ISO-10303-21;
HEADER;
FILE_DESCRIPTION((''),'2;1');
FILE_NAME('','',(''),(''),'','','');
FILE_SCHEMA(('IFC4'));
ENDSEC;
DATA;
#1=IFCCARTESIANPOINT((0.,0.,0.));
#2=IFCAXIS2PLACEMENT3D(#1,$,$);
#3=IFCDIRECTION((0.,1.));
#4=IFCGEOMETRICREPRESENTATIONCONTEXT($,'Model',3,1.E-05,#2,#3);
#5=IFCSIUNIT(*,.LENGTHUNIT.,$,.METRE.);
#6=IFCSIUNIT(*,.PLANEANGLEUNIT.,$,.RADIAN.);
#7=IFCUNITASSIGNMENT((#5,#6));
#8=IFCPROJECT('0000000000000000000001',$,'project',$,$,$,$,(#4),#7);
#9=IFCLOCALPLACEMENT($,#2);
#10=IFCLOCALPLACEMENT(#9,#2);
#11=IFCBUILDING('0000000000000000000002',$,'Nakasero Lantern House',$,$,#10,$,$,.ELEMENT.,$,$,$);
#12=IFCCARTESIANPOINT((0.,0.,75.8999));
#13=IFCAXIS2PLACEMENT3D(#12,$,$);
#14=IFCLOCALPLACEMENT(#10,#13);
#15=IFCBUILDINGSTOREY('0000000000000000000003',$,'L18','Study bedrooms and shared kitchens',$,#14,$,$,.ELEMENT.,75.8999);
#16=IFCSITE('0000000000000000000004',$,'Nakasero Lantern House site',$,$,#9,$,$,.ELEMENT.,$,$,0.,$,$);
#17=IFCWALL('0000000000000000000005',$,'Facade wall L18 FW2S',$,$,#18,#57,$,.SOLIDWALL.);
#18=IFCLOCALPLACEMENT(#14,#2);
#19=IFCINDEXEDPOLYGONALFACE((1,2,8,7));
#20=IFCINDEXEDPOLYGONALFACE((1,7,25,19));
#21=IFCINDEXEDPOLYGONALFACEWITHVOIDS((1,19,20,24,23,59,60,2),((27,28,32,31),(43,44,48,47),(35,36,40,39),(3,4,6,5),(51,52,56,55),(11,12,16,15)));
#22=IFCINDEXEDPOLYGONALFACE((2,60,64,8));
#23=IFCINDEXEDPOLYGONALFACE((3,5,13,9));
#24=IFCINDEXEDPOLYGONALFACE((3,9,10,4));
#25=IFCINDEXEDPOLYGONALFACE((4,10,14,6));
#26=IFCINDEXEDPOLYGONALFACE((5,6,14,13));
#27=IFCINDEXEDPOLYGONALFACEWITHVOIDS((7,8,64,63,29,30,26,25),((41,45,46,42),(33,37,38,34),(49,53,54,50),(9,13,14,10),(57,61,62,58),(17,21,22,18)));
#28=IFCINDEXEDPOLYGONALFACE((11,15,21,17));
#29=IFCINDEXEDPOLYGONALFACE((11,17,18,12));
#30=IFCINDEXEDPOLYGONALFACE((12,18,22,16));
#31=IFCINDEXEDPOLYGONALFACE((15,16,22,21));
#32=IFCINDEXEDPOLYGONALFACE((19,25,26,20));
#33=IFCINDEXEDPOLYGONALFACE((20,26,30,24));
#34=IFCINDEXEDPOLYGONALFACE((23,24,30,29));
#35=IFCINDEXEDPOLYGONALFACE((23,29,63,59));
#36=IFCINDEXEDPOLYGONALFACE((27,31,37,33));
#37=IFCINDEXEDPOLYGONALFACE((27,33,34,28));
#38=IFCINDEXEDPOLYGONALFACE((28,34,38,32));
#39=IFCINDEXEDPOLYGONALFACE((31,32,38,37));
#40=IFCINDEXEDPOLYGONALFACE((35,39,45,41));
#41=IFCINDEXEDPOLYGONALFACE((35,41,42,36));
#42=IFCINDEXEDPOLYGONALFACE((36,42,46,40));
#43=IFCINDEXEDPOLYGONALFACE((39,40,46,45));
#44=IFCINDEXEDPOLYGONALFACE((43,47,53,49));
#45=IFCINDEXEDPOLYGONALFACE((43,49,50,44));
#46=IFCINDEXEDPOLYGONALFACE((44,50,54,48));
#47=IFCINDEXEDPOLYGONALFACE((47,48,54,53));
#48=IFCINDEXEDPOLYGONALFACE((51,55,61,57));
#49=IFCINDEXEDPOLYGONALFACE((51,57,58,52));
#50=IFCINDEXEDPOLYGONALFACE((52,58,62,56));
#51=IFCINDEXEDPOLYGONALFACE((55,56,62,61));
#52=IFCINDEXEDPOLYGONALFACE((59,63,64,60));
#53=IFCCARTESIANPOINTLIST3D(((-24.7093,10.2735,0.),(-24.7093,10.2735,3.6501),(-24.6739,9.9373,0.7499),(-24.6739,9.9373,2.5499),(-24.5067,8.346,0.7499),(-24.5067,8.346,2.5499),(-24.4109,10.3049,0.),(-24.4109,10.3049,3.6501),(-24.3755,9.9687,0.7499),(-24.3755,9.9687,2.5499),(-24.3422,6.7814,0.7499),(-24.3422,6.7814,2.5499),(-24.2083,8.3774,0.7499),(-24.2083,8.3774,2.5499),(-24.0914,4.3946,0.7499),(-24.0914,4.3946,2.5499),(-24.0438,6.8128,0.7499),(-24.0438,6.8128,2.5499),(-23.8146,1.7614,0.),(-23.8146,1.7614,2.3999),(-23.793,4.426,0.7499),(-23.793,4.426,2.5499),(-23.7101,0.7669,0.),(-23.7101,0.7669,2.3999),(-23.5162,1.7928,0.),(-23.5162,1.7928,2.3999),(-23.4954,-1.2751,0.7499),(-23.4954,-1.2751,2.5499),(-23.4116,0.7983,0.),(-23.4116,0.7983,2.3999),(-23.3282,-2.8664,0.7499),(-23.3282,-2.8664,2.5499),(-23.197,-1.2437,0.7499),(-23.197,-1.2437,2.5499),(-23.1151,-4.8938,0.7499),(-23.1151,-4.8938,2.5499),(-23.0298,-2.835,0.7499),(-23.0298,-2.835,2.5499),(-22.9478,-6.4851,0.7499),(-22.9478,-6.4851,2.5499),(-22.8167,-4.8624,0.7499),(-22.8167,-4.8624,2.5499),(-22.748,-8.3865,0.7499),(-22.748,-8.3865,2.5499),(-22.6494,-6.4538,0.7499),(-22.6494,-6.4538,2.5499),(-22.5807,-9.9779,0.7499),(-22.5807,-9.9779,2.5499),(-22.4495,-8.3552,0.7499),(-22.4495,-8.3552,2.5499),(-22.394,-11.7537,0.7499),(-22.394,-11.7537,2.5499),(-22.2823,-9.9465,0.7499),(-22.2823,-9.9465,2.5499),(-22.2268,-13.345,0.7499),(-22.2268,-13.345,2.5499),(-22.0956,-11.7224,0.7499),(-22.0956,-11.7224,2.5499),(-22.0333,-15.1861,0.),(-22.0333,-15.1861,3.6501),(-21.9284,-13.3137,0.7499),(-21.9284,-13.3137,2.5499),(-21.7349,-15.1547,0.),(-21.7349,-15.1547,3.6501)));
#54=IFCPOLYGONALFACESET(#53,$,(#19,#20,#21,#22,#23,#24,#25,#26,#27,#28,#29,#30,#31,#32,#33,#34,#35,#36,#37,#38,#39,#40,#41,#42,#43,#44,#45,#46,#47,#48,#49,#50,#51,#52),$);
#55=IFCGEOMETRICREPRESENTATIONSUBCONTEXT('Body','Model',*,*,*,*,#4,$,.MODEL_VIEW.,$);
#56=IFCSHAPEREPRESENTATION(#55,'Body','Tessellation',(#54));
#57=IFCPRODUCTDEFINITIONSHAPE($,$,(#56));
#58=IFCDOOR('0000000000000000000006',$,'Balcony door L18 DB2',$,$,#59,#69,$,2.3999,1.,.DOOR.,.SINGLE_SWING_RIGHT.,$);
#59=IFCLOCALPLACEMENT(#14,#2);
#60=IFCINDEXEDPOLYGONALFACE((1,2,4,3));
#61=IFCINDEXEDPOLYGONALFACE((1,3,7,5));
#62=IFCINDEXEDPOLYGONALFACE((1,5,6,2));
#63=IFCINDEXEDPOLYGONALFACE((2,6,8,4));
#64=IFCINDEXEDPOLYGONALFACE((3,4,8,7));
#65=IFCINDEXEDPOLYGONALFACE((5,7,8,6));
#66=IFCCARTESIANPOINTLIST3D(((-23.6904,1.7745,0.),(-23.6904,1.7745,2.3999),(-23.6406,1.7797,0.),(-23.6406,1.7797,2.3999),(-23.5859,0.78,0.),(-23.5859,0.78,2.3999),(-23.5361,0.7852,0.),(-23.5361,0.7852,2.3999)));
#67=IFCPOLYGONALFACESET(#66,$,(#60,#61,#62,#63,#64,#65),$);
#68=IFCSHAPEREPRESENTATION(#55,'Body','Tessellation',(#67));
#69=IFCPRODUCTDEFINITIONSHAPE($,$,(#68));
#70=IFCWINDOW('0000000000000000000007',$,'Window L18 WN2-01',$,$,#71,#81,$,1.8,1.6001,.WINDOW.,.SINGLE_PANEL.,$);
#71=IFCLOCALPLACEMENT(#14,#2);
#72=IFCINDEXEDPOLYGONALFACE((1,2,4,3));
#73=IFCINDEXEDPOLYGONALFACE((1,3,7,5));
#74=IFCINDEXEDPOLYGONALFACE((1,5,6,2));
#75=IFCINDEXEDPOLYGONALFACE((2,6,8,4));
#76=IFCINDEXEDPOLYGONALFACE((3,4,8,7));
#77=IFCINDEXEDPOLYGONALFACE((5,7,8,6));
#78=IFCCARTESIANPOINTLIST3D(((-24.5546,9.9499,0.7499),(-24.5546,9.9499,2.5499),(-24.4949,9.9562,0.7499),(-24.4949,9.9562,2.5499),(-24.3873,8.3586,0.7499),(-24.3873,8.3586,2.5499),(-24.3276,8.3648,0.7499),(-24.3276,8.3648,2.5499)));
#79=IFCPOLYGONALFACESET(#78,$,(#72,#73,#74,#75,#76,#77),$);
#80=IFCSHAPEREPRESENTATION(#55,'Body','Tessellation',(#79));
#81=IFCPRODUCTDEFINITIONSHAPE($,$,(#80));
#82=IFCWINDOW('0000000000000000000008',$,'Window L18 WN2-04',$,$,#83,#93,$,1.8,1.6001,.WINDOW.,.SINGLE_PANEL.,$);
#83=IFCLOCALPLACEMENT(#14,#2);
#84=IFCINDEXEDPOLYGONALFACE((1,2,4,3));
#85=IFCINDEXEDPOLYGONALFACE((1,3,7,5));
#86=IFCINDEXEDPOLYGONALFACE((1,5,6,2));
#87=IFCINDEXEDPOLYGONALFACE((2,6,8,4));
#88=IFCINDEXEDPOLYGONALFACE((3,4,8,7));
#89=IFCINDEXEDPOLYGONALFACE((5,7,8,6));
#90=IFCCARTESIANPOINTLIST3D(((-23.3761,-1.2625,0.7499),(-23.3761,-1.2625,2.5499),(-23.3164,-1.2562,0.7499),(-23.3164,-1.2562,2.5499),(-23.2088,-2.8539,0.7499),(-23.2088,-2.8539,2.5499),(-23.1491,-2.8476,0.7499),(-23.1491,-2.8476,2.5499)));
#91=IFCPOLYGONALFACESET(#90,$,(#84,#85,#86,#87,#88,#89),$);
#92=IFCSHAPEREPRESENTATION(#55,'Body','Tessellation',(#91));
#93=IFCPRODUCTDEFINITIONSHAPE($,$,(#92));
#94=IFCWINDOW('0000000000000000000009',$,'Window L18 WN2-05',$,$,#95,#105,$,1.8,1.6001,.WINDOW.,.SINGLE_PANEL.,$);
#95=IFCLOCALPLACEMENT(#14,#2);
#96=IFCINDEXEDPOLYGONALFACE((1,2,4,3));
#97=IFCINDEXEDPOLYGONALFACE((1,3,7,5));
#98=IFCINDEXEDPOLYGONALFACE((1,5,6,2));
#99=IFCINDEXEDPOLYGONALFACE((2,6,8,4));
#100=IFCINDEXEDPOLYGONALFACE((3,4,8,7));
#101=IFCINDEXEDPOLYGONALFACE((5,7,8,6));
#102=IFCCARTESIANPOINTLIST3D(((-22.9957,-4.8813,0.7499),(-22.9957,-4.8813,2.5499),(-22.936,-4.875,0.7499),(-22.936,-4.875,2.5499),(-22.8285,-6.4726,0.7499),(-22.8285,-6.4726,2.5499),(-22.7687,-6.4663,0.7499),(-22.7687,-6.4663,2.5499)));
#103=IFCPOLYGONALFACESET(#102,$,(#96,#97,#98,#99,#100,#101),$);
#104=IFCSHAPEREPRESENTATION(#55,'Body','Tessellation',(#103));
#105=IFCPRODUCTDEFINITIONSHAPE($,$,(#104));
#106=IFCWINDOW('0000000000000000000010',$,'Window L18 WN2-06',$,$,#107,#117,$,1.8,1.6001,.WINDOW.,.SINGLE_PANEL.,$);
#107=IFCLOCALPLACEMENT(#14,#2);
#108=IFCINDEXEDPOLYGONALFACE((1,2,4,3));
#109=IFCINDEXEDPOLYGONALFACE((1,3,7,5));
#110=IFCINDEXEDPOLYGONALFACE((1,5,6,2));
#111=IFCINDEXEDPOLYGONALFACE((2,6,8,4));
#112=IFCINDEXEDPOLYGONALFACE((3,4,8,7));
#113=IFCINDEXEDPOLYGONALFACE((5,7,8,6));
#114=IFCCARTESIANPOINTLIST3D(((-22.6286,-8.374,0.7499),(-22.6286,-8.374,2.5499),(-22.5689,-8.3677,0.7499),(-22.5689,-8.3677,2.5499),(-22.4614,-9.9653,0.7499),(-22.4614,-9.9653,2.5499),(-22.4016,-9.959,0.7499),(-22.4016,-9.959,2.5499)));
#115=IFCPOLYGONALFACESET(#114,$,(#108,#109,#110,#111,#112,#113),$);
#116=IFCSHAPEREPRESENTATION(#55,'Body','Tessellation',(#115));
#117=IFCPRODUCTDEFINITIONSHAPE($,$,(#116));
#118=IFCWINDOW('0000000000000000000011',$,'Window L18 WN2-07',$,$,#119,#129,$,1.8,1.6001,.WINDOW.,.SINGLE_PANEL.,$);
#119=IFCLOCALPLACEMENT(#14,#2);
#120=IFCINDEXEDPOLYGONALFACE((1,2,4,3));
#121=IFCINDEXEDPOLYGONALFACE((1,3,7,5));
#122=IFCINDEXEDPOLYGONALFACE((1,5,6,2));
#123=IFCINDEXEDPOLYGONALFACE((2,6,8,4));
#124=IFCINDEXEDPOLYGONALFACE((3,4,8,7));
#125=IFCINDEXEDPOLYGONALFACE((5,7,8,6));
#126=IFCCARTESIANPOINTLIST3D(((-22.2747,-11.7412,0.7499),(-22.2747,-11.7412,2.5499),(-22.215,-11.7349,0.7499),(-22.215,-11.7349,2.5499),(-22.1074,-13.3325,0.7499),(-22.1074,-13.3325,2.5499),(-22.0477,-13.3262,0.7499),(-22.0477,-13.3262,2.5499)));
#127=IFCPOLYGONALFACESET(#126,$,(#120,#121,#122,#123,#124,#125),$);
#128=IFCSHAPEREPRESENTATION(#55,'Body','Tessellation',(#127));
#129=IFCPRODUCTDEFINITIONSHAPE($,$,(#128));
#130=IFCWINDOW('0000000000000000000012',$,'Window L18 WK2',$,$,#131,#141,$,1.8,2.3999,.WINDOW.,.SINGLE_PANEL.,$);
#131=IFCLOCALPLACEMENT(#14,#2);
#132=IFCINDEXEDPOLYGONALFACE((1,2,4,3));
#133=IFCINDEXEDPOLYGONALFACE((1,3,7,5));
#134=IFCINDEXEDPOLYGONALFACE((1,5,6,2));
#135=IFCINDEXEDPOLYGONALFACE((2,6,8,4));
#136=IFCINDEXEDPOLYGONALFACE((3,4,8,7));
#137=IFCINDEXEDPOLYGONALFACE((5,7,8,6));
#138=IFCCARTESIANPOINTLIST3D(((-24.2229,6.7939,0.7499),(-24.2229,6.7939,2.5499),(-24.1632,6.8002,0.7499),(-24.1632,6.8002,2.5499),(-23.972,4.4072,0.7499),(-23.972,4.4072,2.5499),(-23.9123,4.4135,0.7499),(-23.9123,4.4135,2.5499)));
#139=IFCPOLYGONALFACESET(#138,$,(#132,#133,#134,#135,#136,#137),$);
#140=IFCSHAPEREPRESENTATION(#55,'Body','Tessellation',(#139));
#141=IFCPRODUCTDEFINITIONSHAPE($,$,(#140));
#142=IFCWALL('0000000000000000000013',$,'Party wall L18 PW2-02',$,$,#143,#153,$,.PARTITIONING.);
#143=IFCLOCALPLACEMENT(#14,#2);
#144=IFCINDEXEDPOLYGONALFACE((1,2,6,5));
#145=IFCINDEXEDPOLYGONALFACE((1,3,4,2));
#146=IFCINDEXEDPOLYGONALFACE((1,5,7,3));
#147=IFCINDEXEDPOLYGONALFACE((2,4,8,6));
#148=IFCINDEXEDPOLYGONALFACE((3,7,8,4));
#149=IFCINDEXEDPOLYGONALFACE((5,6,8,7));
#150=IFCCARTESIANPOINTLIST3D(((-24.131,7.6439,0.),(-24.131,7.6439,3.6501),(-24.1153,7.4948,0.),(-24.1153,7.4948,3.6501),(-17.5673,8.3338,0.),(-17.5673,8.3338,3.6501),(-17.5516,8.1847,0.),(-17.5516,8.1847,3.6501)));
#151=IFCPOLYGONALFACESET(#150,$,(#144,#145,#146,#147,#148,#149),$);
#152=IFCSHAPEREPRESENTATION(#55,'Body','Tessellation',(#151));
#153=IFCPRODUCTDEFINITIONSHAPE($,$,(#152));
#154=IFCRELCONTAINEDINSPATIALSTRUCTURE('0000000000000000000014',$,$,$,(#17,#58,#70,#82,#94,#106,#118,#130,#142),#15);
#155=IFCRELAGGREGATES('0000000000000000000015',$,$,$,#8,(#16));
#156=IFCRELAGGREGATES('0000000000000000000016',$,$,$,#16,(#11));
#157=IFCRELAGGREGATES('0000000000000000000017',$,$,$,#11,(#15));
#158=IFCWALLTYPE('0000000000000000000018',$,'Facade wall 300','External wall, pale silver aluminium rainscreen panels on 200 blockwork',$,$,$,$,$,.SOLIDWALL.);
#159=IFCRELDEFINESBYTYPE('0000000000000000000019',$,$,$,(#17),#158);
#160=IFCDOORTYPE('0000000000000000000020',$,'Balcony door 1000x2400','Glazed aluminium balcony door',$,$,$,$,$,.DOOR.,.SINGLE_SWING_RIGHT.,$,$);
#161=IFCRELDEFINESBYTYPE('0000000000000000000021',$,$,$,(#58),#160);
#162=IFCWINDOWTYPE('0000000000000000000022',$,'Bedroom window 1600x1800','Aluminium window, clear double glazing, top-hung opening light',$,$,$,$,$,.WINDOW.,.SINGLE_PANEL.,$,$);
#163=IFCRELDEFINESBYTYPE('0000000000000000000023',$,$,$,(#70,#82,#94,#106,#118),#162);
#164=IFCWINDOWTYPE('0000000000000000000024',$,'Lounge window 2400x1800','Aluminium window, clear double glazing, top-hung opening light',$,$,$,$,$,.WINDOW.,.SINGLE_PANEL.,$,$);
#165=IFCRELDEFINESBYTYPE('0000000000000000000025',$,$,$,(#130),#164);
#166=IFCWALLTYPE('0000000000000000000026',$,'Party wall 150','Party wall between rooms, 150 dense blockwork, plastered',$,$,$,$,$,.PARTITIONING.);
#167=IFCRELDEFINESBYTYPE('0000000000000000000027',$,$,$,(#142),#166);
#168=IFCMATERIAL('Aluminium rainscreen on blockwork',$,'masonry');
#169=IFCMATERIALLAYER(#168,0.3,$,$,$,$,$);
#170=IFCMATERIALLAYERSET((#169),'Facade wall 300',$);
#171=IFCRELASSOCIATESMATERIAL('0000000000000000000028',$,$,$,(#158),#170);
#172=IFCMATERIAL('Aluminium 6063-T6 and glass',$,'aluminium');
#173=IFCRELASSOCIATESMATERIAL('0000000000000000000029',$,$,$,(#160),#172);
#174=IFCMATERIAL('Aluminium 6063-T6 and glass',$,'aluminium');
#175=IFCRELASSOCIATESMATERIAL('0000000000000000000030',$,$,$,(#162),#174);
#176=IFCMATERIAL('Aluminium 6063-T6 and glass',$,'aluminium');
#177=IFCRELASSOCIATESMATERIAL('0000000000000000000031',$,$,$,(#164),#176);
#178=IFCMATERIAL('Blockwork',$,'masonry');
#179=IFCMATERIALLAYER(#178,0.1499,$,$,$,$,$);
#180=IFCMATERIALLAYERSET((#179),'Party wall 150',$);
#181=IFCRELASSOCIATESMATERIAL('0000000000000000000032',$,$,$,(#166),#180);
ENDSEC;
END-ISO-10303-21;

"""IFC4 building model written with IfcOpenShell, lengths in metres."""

from ifc_helpers import new_model, si_unit, direction, frame, frame_2d, origin, place, context, subcontext, project, spatial, rectangle, extrude, material, layer, layer_set, type_object, element, fill, save


model = new_model("IFC4")

# Units and contexts
model_context = context("Model", 3, precision=1e-05, world=origin(), true_north=direction((0.0, 1.0)))
body_context = subcontext(model_context, "Body", "Model", "MODEL_VIEW")
ifc_project = project(units=[si_unit("LENGTHUNIT", "METRE"), si_unit("PLANEANGLEUNIT", "RADIAN")], contexts=[model_context])

# Site, building, storey
site_placement = place(None, origin())
site = spatial("IfcSite", under=ifc_project, at=site_placement, Name="Nakasero Lantern House site", CompositionType="ELEMENT", RefElevation=0.0)
building_placement = place(site_placement, origin())
building = spatial("IfcBuilding", under=site, at=building_placement, Name="Nakasero Lantern House", CompositionType="ELEMENT")
storey_placement = place(building_placement, frame((0.0, 0.0, 75.8999)))
storey = spatial("IfcBuildingStorey", under=building, at=storey_placement, Name="L18", Description="Study bedrooms and shared kitchens", CompositionType="ELEMENT", Elevation=75.8999)

# Wall, openings, door, windows
ifc_material_1 = material(Name="Aluminium rainscreen on blockwork", Category="masonry")
ifc_layer_1 = layer(ifc_material_1, 0.3)
ifc_layer_set_1 = layer_set([ifc_layer_1], Name="Facade wall 300")
wall_type_1 = type_object("IfcWallType", Name="Facade wall 300", Description="External wall, pale silver aluminium rainscreen panels on 200 blockwork", PredefinedType="SOLIDWALL", material=ifc_layer_set_1)
wall_1_placement = place(storey_placement, frame((-24.5601, 10.2891, 0.0), z_axis=(0.0, 0.0, 1.0), x_axis=(0.104532, -0.994521, 0.0)))
wall_1 = element("IfcWall", 1, at=wall_1_placement, inside=storey, type_object=wall_type_1, Name="Facade wall L18 FW2S", PredefinedType="SOLIDWALL", context=body_context, shape_type="SweptSolid", body=[
    extrude(rectangle(XDim=25.5999, YDim=0.3, at=frame_2d((12.7998, 0.0))), origin(), (0.0, 0.0, 1.0), 3.6501),
])
opening_1_placement = place(wall_1_placement, frame((0.3379, 0.0, 0.75)))
opening_1 = element("IfcOpeningElement", 2, at=opening_1_placement, cuts=wall_1, PredefinedType="OPENING", context=body_context, shape_type="SweptSolid", body=[
    extrude(rectangle(XDim=1.6001, YDim=1.8, at=frame_2d((0.8, 0.8999))), frame((0.0, 0.1699, 0.0), z_axis=(0.0, -1.0, 0.0), x_axis=(1.0, 0.0, 0.0)), (0.0, 0.0, 1.0), 0.3401),
])
opening_2_placement = place(wall_1_placement, frame((11.6121, 0.0, 0.75)))
opening_2 = element("IfcOpeningElement", 3, at=opening_2_placement, cuts=wall_1, PredefinedType="OPENING", context=body_context, shape_type="SweptSolid", body=[
    extrude(rectangle(XDim=1.6001, YDim=1.8, at=frame_2d((0.8, 0.8999))), frame((0.0, 0.1699, 0.0), z_axis=(0.0, -1.0, 0.0), x_axis=(1.0, 0.0, 0.0)), (0.0, 0.0, 1.0), 0.3401),
])
opening_3_placement = place(wall_1_placement, frame((15.2507, 0.0, 0.75)))
opening_3 = element("IfcOpeningElement", 4, at=opening_3_placement, cuts=wall_1, PredefinedType="OPENING", context=body_context, shape_type="SweptSolid", body=[
    extrude(rectangle(XDim=1.6001, YDim=1.8, at=frame_2d((0.8, 0.8999))), frame((0.0, 0.1699, 0.0), z_axis=(0.0, -1.0, 0.0), x_axis=(1.0, 0.0, 0.0)), (0.0, 0.0, 1.0), 0.3401),
])
opening_4_placement = place(wall_1_placement, frame((18.7627, 0.0, 0.75)))
opening_4 = element("IfcOpeningElement", 5, at=opening_4_placement, cuts=wall_1, PredefinedType="OPENING", context=body_context, shape_type="SweptSolid", body=[
    extrude(rectangle(XDim=1.6001, YDim=1.8, at=frame_2d((0.8, 0.8999))), frame((0.0, 0.1699, 0.0), z_axis=(0.0, -1.0, 0.0), x_axis=(1.0, 0.0, 0.0)), (0.0, 0.0, 1.0), 0.3401),
])
opening_5_placement = place(wall_1_placement, frame((22.1484, 0.0, 0.75)))
opening_5 = element("IfcOpeningElement", 6, at=opening_5_placement, cuts=wall_1, PredefinedType="OPENING", context=body_context, shape_type="SweptSolid", body=[
    extrude(rectangle(XDim=1.6001, YDim=1.8, at=frame_2d((0.8, 0.8999))), frame((0.0, 0.1699, 0.0), z_axis=(0.0, -1.0, 0.0), x_axis=(1.0, 0.0, 0.0)), (0.0, 0.0, 1.0), 0.3401),
])
opening_6_placement = place(wall_1_placement, frame((3.5112, 0.0, 0.75)))
opening_6 = element("IfcOpeningElement", 7, at=opening_6_placement, cuts=wall_1, PredefinedType="OPENING", context=body_context, shape_type="SweptSolid", body=[
    extrude(rectangle(XDim=2.3999, YDim=1.8, at=frame_2d((1.2, 0.8999))), frame((0.0, 0.1699, 0.0), z_axis=(0.0, -1.0, 0.0), x_axis=(1.0, 0.0, 0.0)), (0.0, 0.0, 1.0), 0.3401),
])
opening_7_placement = place(wall_1_placement, frame((8.5588, 0.0, 0.0)))
opening_7 = element("IfcOpeningElement", 8, at=opening_7_placement, cuts=wall_1, PredefinedType="OPENING", context=body_context, shape_type="SweptSolid", body=[
    extrude(rectangle(XDim=1.0, YDim=2.3999, at=frame_2d((0.5, 1.2))), frame((0.0, 0.1699, 0.0), z_axis=(0.0, -1.0, 0.0), x_axis=(1.0, 0.0, 0.0)), (0.0, 0.0, 1.0), 0.3401),
])
ifc_material_2 = material(Name="Aluminium 6063-T6 and glass", Category="aluminium")
door_type_1 = type_object("IfcDoorType", Name="Balcony door 1000x2400", Description="Glazed aluminium balcony door", OperationType="SINGLE_SWING_RIGHT", PredefinedType="DOOR", material=ifc_material_2)
door_1_placement = place(opening_7_placement, origin())
door_1 = element("IfcDoor", 9, at=door_1_placement, inside=storey, type_object=door_type_1, Name="Balcony door L18 DB2", OperationType="SINGLE_SWING_RIGHT", OverallHeight=2.3999, OverallWidth=1.0, PredefinedType="DOOR", context=body_context, shape_type="SweptSolid", body=[
    extrude(rectangle(XDim=1.0, YDim=2.3999, at=frame_2d((0.5, 1.2))), frame((0.0, 0.0249, 0.0), z_axis=(0.0, -1.0, 0.0), x_axis=(1.0, 0.0, 0.0)), (0.0, 0.0, 1.0), 0.05),
])
fill(opening_7, door_1)
ifc_material_3 = material(Name="Aluminium 6063-T6 and glass", Category="aluminium")
window_type_1 = type_object("IfcWindowType", Name="Bedroom window 1600x1800", Description="Aluminium window, clear double glazing, top-hung opening light", PartitioningType="SINGLE_PANEL", PredefinedType="WINDOW", material=ifc_material_3)
window_1_placement = place(opening_1_placement, origin())
window_1 = element("IfcWindow", 10, at=window_1_placement, inside=storey, type_object=window_type_1, Name="Window L18 WN2-01", OverallHeight=1.8, OverallWidth=1.6001, PartitioningType="SINGLE_PANEL", PredefinedType="WINDOW", context=body_context, shape_type="SweptSolid", body=[
    extrude(rectangle(XDim=1.6001, YDim=1.8, at=frame_2d((0.8, 0.8999))), frame((0.0, 0.03, 0.0), z_axis=(0.0, -1.0, 0.0), x_axis=(1.0, 0.0, 0.0)), (0.0, 0.0, 1.0), 0.0601),
])
fill(opening_1, window_1)
window_2_placement = place(opening_2_placement, origin())
window_2 = element("IfcWindow", 11, at=window_2_placement, inside=storey, type_object=window_type_1, Name="Window L18 WN2-04", OverallHeight=1.8, OverallWidth=1.6001, PartitioningType="SINGLE_PANEL", PredefinedType="WINDOW", context=body_context, shape_type="SweptSolid", body=[
    extrude(rectangle(XDim=1.6001, YDim=1.8, at=frame_2d((0.8, 0.8999))), frame((0.0, 0.03, 0.0), z_axis=(0.0, -1.0, 0.0), x_axis=(1.0, 0.0, 0.0)), (0.0, 0.0, 1.0), 0.0601),
])
fill(opening_2, window_2)
window_3_placement = place(opening_3_placement, origin())
window_3 = element("IfcWindow", 12, at=window_3_placement, inside=storey, type_object=window_type_1, Name="Window L18 WN2-05", OverallHeight=1.8, OverallWidth=1.6001, PartitioningType="SINGLE_PANEL", PredefinedType="WINDOW", context=body_context, shape_type="SweptSolid", body=[
    extrude(rectangle(XDim=1.6001, YDim=1.8, at=frame_2d((0.8, 0.8999))), frame((0.0, 0.03, 0.0), z_axis=(0.0, -1.0, 0.0), x_axis=(1.0, 0.0, 0.0)), (0.0, 0.0, 1.0), 0.0601),
])
fill(opening_3, window_3)
window_4_placement = place(opening_4_placement, origin())
window_4 = element("IfcWindow", 13, at=window_4_placement, inside=storey, type_object=window_type_1, Name="Window L18 WN2-06", OverallHeight=1.8, OverallWidth=1.6001, PartitioningType="SINGLE_PANEL", PredefinedType="WINDOW", context=body_context, shape_type="SweptSolid", body=[
    extrude(rectangle(XDim=1.6001, YDim=1.8, at=frame_2d((0.8, 0.8999))), frame((0.0, 0.03, 0.0), z_axis=(0.0, -1.0, 0.0), x_axis=(1.0, 0.0, 0.0)), (0.0, 0.0, 1.0), 0.0601),
])
fill(opening_4, window_4)
window_5_placement = place(opening_5_placement, origin())
window_5 = element("IfcWindow", 14, at=window_5_placement, inside=storey, type_object=window_type_1, Name="Window L18 WN2-07", OverallHeight=1.8, OverallWidth=1.6001, PartitioningType="SINGLE_PANEL", PredefinedType="WINDOW", context=body_context, shape_type="SweptSolid", body=[
    extrude(rectangle(XDim=1.6001, YDim=1.8, at=frame_2d((0.8, 0.8999))), frame((0.0, 0.03, 0.0), z_axis=(0.0, -1.0, 0.0), x_axis=(1.0, 0.0, 0.0)), (0.0, 0.0, 1.0), 0.0601),
])
fill(opening_5, window_5)
ifc_material_4 = material(Name="Aluminium 6063-T6 and glass", Category="aluminium")
window_type_2 = type_object("IfcWindowType", Name="Lounge window 2400x1800", Description="Aluminium window, clear double glazing, top-hung opening light", PartitioningType="SINGLE_PANEL", PredefinedType="WINDOW", material=ifc_material_4)
window_6_placement = place(opening_6_placement, origin())
window_6 = element("IfcWindow", 15, at=window_6_placement, inside=storey, type_object=window_type_2, Name="Window L18 WK2", OverallHeight=1.8, OverallWidth=2.3999, PartitioningType="SINGLE_PANEL", PredefinedType="WINDOW", context=body_context, shape_type="SweptSolid", body=[
    extrude(rectangle(XDim=2.3999, YDim=1.8, at=frame_2d((1.2, 0.8999))), frame((0.0, 0.03, 0.0), z_axis=(0.0, -1.0, 0.0), x_axis=(1.0, 0.0, 0.0)), (0.0, 0.0, 1.0), 0.0601),
])
fill(opening_6, window_6)

# Wall
ifc_material_5 = material(Name="Blockwork", Category="masonry")
ifc_layer_2 = layer(ifc_material_5, 0.1499)
ifc_layer_set_2 = layer_set([ifc_layer_2], Name="Party wall 150")
wall_type_2 = type_object("IfcWallType", Name="Party wall 150", Description="Party wall between rooms, 150 dense blockwork, plastered", PredefinedType="PARTITIONING", material=ifc_layer_set_2)
wall_2_placement = place(storey_placement, frame((-17.5596, 8.2593, 0.0), z_axis=(0.0, 0.0, 1.0), x_axis=(-0.994521, -0.104538, 0.0)))
element("IfcWall", 16, at=wall_2_placement, inside=storey, type_object=wall_type_2, Name="Party wall L18 PW2-02", PredefinedType="PARTITIONING", context=body_context, shape_type="SweptSolid", body=[
    extrude(rectangle(XDim=6.5999, YDim=0.1499, at=frame_2d((3.2998, 0.0))), origin(), (0.0, 0.0, 1.0), 3.6501),
])

save(model, "model.ifc")
